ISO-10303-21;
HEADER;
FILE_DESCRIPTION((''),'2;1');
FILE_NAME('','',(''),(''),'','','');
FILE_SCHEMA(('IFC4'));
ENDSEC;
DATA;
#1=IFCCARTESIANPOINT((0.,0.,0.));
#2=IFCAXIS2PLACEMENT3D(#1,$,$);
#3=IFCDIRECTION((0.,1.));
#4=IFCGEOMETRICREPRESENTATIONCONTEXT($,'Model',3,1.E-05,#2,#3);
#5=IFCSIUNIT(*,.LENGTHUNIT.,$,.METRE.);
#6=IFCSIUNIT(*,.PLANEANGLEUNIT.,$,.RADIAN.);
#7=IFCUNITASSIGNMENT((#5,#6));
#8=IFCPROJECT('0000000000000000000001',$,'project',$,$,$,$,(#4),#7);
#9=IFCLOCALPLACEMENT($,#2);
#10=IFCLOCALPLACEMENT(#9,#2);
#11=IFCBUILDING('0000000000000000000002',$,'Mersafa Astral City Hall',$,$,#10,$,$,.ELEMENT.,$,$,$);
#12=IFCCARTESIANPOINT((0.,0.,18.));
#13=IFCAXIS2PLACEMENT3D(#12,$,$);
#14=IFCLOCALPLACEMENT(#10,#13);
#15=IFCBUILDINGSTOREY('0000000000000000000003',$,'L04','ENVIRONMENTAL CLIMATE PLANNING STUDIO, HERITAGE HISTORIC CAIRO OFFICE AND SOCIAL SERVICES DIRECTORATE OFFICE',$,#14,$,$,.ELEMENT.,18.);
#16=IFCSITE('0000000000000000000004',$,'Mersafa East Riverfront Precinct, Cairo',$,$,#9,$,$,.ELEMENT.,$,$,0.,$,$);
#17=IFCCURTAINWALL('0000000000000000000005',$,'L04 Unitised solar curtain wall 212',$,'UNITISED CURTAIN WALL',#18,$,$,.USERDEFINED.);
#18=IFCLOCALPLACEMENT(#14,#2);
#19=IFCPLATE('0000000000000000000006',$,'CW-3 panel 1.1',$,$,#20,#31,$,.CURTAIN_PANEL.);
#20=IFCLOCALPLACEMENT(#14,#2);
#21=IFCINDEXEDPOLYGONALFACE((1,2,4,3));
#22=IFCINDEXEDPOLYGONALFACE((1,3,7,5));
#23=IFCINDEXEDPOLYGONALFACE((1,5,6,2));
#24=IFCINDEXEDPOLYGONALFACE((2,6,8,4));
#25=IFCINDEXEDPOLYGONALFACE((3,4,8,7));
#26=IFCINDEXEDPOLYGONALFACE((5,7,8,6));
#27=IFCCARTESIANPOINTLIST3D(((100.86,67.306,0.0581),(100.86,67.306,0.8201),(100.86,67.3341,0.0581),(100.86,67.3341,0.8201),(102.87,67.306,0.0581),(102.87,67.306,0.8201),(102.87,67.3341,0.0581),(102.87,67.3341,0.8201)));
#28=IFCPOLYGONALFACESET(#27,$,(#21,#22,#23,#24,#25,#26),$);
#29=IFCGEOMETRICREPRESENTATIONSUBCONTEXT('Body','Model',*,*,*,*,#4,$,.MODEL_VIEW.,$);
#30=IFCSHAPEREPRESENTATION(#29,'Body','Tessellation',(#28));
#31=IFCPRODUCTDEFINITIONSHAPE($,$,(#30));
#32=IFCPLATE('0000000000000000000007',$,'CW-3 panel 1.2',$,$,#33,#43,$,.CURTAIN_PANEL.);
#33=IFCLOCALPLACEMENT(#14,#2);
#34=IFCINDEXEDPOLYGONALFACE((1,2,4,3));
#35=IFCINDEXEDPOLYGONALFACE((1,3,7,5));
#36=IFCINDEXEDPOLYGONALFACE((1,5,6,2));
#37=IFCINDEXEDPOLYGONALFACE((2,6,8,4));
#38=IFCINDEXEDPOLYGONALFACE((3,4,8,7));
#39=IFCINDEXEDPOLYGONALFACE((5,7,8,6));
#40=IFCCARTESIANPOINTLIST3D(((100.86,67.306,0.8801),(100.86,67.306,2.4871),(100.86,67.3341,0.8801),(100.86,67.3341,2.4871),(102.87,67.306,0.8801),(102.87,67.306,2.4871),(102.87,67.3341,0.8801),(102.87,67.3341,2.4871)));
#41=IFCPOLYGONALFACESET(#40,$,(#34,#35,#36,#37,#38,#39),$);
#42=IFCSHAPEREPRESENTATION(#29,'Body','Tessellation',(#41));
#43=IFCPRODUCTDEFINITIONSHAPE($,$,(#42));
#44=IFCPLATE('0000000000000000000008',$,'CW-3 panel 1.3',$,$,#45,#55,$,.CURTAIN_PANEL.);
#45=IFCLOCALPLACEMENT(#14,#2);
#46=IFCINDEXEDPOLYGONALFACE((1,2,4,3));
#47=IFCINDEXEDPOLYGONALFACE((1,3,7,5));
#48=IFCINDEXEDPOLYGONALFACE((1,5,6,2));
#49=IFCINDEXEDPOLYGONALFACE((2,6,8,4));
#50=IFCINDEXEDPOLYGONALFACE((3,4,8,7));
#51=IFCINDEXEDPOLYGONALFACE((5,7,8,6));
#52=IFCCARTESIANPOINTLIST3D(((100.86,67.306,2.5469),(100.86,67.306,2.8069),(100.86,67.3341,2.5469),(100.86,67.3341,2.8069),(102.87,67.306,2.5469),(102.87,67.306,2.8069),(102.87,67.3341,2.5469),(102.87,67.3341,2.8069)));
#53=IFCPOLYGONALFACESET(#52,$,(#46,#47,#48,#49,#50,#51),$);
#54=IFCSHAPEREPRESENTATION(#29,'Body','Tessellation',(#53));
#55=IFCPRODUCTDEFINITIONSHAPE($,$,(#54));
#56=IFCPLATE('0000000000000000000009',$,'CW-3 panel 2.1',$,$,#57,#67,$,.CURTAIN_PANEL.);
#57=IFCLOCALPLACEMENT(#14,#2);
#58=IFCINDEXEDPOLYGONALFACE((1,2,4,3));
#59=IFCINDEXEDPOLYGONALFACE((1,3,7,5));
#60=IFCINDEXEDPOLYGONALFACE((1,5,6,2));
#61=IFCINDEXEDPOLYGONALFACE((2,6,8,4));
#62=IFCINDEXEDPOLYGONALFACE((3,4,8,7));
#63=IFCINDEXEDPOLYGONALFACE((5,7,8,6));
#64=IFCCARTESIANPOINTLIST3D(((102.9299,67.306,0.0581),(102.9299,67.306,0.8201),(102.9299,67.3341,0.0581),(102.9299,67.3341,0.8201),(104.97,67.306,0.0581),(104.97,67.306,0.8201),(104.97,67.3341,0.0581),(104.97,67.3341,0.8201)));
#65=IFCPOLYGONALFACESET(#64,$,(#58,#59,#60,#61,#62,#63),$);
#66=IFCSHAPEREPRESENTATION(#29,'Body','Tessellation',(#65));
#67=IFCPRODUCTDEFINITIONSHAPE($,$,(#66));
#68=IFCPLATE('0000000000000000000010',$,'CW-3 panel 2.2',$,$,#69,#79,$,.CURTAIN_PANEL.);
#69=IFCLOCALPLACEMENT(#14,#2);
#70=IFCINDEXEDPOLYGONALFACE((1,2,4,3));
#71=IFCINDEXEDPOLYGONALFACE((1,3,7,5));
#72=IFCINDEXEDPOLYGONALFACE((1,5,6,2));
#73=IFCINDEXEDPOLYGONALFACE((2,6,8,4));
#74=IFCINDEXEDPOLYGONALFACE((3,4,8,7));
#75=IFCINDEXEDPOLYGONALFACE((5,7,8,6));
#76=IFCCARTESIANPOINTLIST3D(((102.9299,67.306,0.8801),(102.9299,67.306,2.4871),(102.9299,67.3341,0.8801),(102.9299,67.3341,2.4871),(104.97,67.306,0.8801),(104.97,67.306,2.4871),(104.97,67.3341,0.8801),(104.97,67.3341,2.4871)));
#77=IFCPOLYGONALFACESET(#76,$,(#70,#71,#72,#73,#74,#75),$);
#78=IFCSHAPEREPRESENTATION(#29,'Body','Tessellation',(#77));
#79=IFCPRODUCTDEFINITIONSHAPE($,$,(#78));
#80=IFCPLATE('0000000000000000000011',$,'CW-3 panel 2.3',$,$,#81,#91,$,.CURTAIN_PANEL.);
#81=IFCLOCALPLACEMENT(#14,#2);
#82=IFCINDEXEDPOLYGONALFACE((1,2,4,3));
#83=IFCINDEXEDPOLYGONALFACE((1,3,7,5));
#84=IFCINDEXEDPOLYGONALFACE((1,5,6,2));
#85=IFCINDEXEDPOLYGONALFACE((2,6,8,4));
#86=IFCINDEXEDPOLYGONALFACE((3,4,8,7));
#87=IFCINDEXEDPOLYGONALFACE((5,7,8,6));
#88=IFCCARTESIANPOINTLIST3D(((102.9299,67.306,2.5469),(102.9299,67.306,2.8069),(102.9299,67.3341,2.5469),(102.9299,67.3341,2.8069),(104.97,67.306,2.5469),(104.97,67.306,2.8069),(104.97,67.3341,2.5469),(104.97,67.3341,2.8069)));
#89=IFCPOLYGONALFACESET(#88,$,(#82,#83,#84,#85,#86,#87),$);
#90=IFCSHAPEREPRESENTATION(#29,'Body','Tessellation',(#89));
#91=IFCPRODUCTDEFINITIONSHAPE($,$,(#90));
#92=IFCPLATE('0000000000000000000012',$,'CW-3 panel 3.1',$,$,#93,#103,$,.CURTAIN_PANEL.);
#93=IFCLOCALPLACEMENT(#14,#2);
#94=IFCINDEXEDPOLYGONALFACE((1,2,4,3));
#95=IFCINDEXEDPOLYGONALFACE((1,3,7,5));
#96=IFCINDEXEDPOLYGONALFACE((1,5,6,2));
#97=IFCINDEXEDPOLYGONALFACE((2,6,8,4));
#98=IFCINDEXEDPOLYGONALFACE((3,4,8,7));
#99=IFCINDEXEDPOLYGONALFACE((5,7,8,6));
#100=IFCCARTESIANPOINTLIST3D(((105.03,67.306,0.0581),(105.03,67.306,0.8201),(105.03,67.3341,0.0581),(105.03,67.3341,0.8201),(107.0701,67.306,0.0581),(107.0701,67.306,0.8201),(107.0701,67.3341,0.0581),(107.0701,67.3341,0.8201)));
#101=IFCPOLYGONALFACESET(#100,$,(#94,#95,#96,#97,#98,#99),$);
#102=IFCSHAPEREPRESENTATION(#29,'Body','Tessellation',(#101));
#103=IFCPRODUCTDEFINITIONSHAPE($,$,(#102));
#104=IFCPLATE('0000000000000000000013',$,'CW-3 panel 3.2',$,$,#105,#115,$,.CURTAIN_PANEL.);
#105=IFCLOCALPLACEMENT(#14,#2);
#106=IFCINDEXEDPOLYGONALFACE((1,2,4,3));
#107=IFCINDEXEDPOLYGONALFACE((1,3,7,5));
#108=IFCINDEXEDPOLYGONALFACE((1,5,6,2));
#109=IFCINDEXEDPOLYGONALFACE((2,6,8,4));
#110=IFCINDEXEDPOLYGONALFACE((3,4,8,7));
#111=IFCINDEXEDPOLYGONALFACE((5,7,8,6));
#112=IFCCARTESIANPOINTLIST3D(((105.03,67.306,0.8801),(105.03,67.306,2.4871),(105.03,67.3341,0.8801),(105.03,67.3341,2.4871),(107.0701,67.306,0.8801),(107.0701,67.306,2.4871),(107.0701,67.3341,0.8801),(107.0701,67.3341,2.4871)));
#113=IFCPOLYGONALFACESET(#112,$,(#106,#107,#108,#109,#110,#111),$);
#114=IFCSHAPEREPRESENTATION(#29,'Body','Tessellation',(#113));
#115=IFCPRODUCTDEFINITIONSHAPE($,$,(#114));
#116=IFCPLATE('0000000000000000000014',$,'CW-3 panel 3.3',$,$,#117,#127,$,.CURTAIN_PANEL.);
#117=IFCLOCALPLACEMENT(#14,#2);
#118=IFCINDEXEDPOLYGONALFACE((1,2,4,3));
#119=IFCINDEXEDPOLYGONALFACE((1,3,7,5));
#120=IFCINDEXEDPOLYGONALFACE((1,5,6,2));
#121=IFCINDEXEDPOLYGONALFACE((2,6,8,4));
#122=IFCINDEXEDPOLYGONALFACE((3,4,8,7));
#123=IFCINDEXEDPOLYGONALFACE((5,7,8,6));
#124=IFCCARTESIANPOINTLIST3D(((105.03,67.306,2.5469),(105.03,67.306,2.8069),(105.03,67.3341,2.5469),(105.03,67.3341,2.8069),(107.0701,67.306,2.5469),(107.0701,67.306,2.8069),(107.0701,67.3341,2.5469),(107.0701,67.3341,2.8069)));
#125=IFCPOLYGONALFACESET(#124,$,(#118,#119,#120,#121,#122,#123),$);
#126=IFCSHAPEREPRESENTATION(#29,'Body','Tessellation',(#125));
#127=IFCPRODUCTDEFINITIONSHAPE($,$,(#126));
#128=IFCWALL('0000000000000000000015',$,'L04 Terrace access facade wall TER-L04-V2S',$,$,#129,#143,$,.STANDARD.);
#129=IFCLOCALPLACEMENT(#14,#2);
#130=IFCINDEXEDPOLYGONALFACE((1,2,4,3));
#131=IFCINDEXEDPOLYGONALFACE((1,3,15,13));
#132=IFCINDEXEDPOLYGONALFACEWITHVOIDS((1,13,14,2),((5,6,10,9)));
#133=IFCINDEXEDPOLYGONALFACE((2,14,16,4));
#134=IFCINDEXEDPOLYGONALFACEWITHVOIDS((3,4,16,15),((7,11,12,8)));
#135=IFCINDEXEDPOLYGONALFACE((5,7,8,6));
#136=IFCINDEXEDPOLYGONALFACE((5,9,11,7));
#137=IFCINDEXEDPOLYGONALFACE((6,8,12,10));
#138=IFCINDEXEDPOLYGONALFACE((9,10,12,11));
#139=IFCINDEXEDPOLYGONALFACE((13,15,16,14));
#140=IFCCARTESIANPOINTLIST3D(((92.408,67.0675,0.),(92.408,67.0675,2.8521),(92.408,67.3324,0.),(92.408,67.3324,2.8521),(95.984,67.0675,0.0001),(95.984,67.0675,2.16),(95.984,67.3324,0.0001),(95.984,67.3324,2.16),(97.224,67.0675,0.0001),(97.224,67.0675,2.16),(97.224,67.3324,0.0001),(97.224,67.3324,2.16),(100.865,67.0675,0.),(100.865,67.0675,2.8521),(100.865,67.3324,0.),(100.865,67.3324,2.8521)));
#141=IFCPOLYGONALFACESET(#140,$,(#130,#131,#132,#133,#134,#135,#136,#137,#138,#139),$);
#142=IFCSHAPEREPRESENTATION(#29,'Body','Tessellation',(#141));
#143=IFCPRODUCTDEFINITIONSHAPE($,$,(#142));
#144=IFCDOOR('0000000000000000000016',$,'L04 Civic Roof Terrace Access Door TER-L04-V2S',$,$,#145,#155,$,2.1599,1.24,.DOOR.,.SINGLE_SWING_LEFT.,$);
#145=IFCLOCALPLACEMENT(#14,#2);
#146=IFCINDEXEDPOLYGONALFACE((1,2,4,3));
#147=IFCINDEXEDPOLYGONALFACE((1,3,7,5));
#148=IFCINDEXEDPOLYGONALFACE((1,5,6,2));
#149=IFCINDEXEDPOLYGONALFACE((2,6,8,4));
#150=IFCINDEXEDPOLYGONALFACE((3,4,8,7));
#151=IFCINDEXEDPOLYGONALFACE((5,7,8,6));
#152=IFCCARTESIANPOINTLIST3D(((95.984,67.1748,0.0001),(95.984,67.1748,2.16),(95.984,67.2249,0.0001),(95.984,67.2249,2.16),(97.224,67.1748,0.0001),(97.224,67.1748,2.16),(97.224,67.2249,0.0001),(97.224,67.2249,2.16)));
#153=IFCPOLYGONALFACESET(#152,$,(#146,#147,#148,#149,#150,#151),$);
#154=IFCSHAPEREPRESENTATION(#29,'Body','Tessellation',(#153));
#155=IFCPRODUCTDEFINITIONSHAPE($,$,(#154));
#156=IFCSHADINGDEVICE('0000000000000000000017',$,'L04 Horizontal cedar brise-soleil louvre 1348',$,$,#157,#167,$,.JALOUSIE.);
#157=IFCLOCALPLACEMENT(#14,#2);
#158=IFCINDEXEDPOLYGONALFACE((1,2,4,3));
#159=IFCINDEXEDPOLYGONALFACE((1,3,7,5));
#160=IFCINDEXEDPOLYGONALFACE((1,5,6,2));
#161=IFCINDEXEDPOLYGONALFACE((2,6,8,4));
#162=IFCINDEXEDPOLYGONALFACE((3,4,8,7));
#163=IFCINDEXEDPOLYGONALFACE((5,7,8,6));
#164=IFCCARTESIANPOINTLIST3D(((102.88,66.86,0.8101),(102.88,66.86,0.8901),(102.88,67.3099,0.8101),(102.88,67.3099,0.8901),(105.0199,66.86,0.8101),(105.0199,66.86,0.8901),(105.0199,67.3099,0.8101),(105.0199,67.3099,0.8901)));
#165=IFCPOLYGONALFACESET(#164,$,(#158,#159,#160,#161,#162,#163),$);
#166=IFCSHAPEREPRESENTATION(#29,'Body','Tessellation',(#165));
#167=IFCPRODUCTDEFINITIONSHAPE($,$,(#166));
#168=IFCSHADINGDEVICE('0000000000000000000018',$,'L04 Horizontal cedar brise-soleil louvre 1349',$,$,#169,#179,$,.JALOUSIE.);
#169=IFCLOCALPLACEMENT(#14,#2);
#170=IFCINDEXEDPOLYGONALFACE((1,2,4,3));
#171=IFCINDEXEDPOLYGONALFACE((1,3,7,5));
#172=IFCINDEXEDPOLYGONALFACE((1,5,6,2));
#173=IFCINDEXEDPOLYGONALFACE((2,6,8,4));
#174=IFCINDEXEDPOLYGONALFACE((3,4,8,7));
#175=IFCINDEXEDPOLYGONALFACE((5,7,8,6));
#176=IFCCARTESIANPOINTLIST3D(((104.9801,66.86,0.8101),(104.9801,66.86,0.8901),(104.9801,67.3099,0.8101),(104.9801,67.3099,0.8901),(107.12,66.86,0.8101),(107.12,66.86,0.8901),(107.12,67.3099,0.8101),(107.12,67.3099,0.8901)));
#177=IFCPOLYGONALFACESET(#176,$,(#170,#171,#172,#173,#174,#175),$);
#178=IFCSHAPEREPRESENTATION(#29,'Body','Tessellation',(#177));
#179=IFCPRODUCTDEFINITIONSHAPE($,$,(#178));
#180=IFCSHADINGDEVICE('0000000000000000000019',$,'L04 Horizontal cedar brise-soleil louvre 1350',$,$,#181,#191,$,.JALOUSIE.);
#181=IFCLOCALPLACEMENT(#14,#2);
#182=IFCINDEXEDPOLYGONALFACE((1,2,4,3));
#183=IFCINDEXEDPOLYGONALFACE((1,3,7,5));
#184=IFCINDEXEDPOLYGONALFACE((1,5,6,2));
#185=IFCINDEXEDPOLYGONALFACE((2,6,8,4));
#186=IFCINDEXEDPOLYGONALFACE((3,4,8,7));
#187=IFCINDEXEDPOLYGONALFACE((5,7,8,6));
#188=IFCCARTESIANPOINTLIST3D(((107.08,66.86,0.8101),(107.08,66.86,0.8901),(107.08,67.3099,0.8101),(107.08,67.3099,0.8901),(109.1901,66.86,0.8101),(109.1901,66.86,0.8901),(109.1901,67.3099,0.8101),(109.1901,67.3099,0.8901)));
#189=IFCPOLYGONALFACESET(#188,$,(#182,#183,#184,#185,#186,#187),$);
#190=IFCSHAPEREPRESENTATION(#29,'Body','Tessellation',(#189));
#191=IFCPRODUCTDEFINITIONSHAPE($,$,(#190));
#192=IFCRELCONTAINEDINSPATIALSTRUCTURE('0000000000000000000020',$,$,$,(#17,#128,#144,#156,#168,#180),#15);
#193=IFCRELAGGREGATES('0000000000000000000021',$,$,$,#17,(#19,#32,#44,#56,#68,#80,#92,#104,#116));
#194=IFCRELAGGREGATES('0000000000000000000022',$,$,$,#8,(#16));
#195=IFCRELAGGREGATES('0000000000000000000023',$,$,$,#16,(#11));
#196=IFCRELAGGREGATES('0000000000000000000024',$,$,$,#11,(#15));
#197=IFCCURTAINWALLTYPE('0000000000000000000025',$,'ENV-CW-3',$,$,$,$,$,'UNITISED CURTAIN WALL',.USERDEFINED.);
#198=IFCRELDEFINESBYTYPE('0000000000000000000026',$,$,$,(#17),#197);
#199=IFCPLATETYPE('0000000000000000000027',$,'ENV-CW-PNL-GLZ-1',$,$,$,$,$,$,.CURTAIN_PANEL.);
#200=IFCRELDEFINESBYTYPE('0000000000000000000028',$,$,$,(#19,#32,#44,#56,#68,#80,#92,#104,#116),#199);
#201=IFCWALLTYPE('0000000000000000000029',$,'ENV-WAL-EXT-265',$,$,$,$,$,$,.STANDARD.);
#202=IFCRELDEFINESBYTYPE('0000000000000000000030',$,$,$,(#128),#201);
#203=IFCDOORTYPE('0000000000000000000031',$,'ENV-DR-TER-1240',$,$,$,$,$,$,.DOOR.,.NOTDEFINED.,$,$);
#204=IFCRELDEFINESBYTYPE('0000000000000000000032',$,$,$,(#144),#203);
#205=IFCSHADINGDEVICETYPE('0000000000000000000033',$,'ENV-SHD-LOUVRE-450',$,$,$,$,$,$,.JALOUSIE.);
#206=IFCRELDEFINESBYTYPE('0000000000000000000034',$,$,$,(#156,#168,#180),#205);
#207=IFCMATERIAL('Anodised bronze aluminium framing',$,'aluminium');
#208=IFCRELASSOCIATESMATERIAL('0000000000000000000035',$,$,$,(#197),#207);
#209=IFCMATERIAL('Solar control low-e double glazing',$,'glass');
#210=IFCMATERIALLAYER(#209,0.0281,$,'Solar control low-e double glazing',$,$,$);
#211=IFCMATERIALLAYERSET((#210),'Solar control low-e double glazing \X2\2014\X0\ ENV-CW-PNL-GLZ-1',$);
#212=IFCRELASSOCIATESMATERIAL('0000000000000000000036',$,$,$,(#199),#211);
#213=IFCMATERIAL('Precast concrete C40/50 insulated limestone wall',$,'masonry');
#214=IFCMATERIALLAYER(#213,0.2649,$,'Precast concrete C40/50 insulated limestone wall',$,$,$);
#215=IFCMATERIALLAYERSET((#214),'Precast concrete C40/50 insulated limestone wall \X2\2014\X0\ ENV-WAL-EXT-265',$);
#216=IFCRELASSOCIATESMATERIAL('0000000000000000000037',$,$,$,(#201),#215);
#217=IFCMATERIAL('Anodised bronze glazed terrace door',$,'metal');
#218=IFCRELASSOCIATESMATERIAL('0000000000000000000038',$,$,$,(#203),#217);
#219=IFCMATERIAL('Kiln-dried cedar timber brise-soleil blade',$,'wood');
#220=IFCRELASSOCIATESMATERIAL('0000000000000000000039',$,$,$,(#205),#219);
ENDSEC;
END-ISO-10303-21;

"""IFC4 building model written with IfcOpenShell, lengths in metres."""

from ifc_helpers import new_model, si_unit, direction, frame, frame_2d, origin, origin_2d, place, context, subcontext, project, spatial, rectangle, extrude, material, layer, layer_set, type_object, element, fill, aggregate, save


model = new_model("IFC4")

# Units and contexts
model_context = context("Model", 3, precision=1e-05, world=origin(), true_north=direction((0.0, 1.0)))
body_context = subcontext(model_context, "Body", "Model", "MODEL_VIEW")
ifc_project = project(units=[si_unit("LENGTHUNIT", "METRE"), si_unit("PLANEANGLEUNIT", "RADIAN")], contexts=[model_context])

# Site, building, storey
site_placement = place(None, origin())
site = spatial("IfcSite", under=ifc_project, at=site_placement, Name="Mersafa East Riverfront Precinct, Cairo", CompositionType="ELEMENT", RefElevation=0.0)
building_placement = place(site_placement, origin())
building = spatial("IfcBuilding", under=site, at=building_placement, Name="Mersafa Astral City Hall", CompositionType="ELEMENT")
storey_placement = place(building_placement, frame((0.0, 0.0, 18.0)))
storey = spatial("IfcBuildingStorey", under=building, at=storey_placement, Name="L04", Description="ENVIRONMENTAL CLIMATE PLANNING STUDIO, HERITAGE HISTORIC CAIRO OFFICE AND SOCIAL SERVICES DIRECTORATE OFFICE", CompositionType="ELEMENT", Elevation=18.0)

# Curtain wall
ifc_material_1 = material(Name="Anodised bronze aluminium framing", Category="aluminium")
curtain_wall_type = type_object("IfcCurtainWallType", Name="ENV-CW-3", ElementType="UNITISED CURTAIN WALL", PredefinedType="USERDEFINED", material=ifc_material_1)
curtain_wall_placement = place(storey_placement, origin())
curtain_wall = element("IfcCurtainWall", 1, at=curtain_wall_placement, inside=storey, type_object=curtain_wall_type, Name="L04 Unitised solar curtain wall 212", ObjectType="UNITISED CURTAIN WALL", PredefinedType="USERDEFINED")

# Plates
ifc_material_2 = material(Name="Solar control low-e double glazing", Category="glass")
ifc_layer_1 = layer(ifc_material_2, 0.0281, Name="Solar control low-e double glazing")
ifc_layer_set_1 = layer_set([ifc_layer_1], Name="Solar control low-e double glazing — ENV-CW-PNL-GLZ-1")
plate_type = type_object("IfcPlateType", Name="ENV-CW-PNL-GLZ-1", PredefinedType="CURTAIN_PANEL", material=ifc_layer_set_1)
plate_1_placement = place(storey_placement, frame((101.865, 67.3201, 0.0581), z_axis=(0.0, 0.0, 1.0), x_axis=(1.0, 0.0, 0.0)))
plate_1 = element("IfcPlate", 2, at=plate_1_placement, type_object=plate_type, Name="CW-3 panel 1.1", PredefinedType="CURTAIN_PANEL", context=body_context, shape_type="SweptSolid", body=[
    extrude(rectangle(XDim=2.01, YDim=0.0281, at=origin_2d()), origin(), (0.0, 0.0, 1.0), 0.762),
])
plate_2_placement = place(storey_placement, frame((101.865, 67.3201, 0.8801), z_axis=(0.0, 0.0, 1.0), x_axis=(1.0, 0.0, 0.0)))
plate_2 = element("IfcPlate", 3, at=plate_2_placement, type_object=plate_type, Name="CW-3 panel 1.2", PredefinedType="CURTAIN_PANEL", context=body_context, shape_type="SweptSolid", body=[
    extrude(rectangle(XDim=2.01, YDim=0.0281, at=origin_2d()), origin(), (0.0, 0.0, 1.0), 1.6069),
])
plate_3_placement = place(storey_placement, frame((101.865, 67.3201, 2.5469), z_axis=(0.0, 0.0, 1.0), x_axis=(1.0, 0.0, 0.0)))
plate_3 = element("IfcPlate", 4, at=plate_3_placement, type_object=plate_type, Name="CW-3 panel 1.3", PredefinedType="CURTAIN_PANEL", context=body_context, shape_type="SweptSolid", body=[
    extrude(rectangle(XDim=2.01, YDim=0.0281, at=origin_2d()), origin(), (0.0, 0.0, 1.0), 0.26),
])
plate_4_placement = place(storey_placement, frame((103.95, 67.3201, 0.0581), z_axis=(0.0, 0.0, 1.0), x_axis=(1.0, 0.0, 0.0)))
plate_4 = element("IfcPlate", 5, at=plate_4_placement, type_object=plate_type, Name="CW-3 panel 2.1", PredefinedType="CURTAIN_PANEL", context=body_context, shape_type="SweptSolid", body=[
    extrude(rectangle(XDim=2.04, YDim=0.0281, at=origin_2d()), origin(), (0.0, 0.0, 1.0), 0.762),
])
plate_5_placement = place(storey_placement, frame((103.95, 67.3201, 0.8801), z_axis=(0.0, 0.0, 1.0), x_axis=(1.0, 0.0, 0.0)))
plate_5 = element("IfcPlate", 6, at=plate_5_placement, type_object=plate_type, Name="CW-3 panel 2.2", PredefinedType="CURTAIN_PANEL", context=body_context, shape_type="SweptSolid", body=[
    extrude(rectangle(XDim=2.04, YDim=0.0281, at=origin_2d()), origin(), (0.0, 0.0, 1.0), 1.6069),
])
plate_6_placement = place(storey_placement, frame((103.95, 67.3201, 2.5469), z_axis=(0.0, 0.0, 1.0), x_axis=(1.0, 0.0, 0.0)))
plate_6 = element("IfcPlate", 7, at=plate_6_placement, type_object=plate_type, Name="CW-3 panel 2.3", PredefinedType="CURTAIN_PANEL", context=body_context, shape_type="SweptSolid", body=[
    extrude(rectangle(XDim=2.04, YDim=0.0281, at=origin_2d()), origin(), (0.0, 0.0, 1.0), 0.26),
])
plate_7_placement = place(storey_placement, frame((106.05, 67.3201, 0.0581), z_axis=(0.0, 0.0, 1.0), x_axis=(1.0, 0.0, 0.0)))
plate_7 = element("IfcPlate", 8, at=plate_7_placement, type_object=plate_type, Name="CW-3 panel 3.1", PredefinedType="CURTAIN_PANEL", context=body_context, shape_type="SweptSolid", body=[
    extrude(rectangle(XDim=2.04, YDim=0.0281, at=origin_2d()), origin(), (0.0, 0.0, 1.0), 0.762),
])
plate_8_placement = place(storey_placement, frame((106.05, 67.3201, 0.8801), z_axis=(0.0, 0.0, 1.0), x_axis=(1.0, 0.0, 0.0)))
plate_8 = element("IfcPlate", 9, at=plate_8_placement, type_object=plate_type, Name="CW-3 panel 3.2", PredefinedType="CURTAIN_PANEL", context=body_context, shape_type="SweptSolid", body=[
    extrude(rectangle(XDim=2.04, YDim=0.0281, at=origin_2d()), origin(), (0.0, 0.0, 1.0), 1.6069),
])
plate_9_placement = place(storey_placement, frame((106.05, 67.3201, 2.5469), z_axis=(0.0, 0.0, 1.0), x_axis=(1.0, 0.0, 0.0)))
plate_9 = element("IfcPlate", 10, at=plate_9_placement, type_object=plate_type, Name="CW-3 panel 3.3", PredefinedType="CURTAIN_PANEL", context=body_context, shape_type="SweptSolid", body=[
    extrude(rectangle(XDim=2.04, YDim=0.0281, at=origin_2d()), origin(), (0.0, 0.0, 1.0), 0.26),
])
aggregate(curtain_wall, [plate_1, plate_2, plate_3, plate_4, plate_5, plate_6, plate_7, plate_8, plate_9])

# Wall, opening, door
ifc_material_3 = material(Name="Precast concrete C40/50 insulated limestone wall", Category="masonry")
ifc_layer_2 = layer(ifc_material_3, 0.2649, Name="Precast concrete C40/50 insulated limestone wall")
ifc_layer_set_2 = layer_set([ifc_layer_2], Name="Precast concrete C40/50 insulated limestone wall — ENV-WAL-EXT-265")
wall_type = type_object("IfcWallType", Name="ENV-WAL-EXT-265", PredefinedType="STANDARD", material=ifc_layer_set_2)
wall_placement = place(storey_placement, frame((92.408, 67.2, 0.0), z_axis=(0.0, 0.0, 1.0), x_axis=(1.0, 0.0, 0.0)))
wall = element("IfcWall", 11, at=wall_placement, inside=storey, type_object=wall_type, Name="L04 Terrace access facade wall TER-L04-V2S", PredefinedType="STANDARD", context=body_context, shape_type="SweptSolid", body=[
    extrude(rectangle(XDim=8.457, YDim=0.2649, at=frame_2d((4.2285, 0.0))), origin(), (0.0, 0.0, 1.0), 2.8521),
])
opening_placement = place(wall_placement, frame((3.5759, 0.0, 0.0)))
opening = element("IfcOpeningElement", 12, at=opening_placement, cuts=wall, PredefinedType="OPENING", context=body_context, shape_type="SweptSolid", body=[
    extrude(rectangle(XDim=1.24, YDim=2.1599, at=frame_2d((0.6201, 1.0801))), frame((0.0, 0.1423, 0.0), z_axis=(0.0, -1.0, 0.0), x_axis=(1.0, 0.0, 0.0)), (0.0, 0.0, 1.0), 0.2849),
])
ifc_material_4 = material(Name="Anodised bronze glazed terrace door", Category="metal")
door_type = type_object("IfcDoorType", Name="ENV-DR-TER-1240", OperationType="NOTDEFINED", PredefinedType="DOOR", material=ifc_material_4)
door_placement = place(opening_placement, origin())
door = element("IfcDoor", 13, at=door_placement, inside=storey, type_object=door_type, Name="L04 Civic Roof Terrace Access Door TER-L04-V2S", OperationType="SINGLE_SWING_LEFT", OverallHeight=2.1599, OverallWidth=1.24, PredefinedType="DOOR", context=body_context, shape_type="SweptSolid", body=[
    extrude(rectangle(XDim=1.24, YDim=2.1599, at=frame_2d((0.6201, 1.0801))), frame((0.0, 0.0249, 0.0), z_axis=(0.0, -1.0, 0.0), x_axis=(1.0, 0.0, 0.0)), (0.0, 0.0, 1.0), 0.05),
])
fill(opening, door)

# Shading devices
ifc_material_5 = material(Name="Kiln-dried cedar timber brise-soleil blade", Category="wood")
shading_device_type = type_object("IfcShadingDeviceType", Name="ENV-SHD-LOUVRE-450", PredefinedType="JALOUSIE", material=ifc_material_5)
for number, where, z_axis, x_axis, name in (
    (14, (103.95, 67.085, 0.8101), (0.0, 0.0, 1.0), (1.0, 0.0, 0.0), "L04 Horizontal cedar brise-soleil louvre 1348"),
    (15, (106.05, 67.085, 0.8101), (0.0, 0.0, 1.0), (1.0, 0.0, 0.0), "L04 Horizontal cedar brise-soleil louvre 1349"),
):
    element("IfcShadingDevice", number, at=place(storey_placement, frame(where, z_axis=z_axis, x_axis=x_axis)), inside=storey, type_object=shading_device_type, Name=name, PredefinedType="JALOUSIE", context=body_context, shape_type="SweptSolid", body=[
        extrude(rectangle(XDim=2.1399, YDim=0.45, at=origin_2d()), origin(), (0.0, 0.0, 1.0), 0.0801),
    ])
shading_device_1_placement = place(storey_placement, frame((108.135, 67.085, 0.8101), z_axis=(0.0, 0.0, 1.0), x_axis=(1.0, 0.0, 0.0)))
element("IfcShadingDevice", 16, at=shading_device_1_placement, inside=storey, type_object=shading_device_type, Name="L04 Horizontal cedar brise-soleil louvre 1350", PredefinedType="JALOUSIE", context=body_context, shape_type="SweptSolid", body=[
    extrude(rectangle(XDim=2.1101, YDim=0.45, at=origin_2d()), origin(), (0.0, 0.0, 1.0), 0.0801),
])

save(model, "model.ifc")
